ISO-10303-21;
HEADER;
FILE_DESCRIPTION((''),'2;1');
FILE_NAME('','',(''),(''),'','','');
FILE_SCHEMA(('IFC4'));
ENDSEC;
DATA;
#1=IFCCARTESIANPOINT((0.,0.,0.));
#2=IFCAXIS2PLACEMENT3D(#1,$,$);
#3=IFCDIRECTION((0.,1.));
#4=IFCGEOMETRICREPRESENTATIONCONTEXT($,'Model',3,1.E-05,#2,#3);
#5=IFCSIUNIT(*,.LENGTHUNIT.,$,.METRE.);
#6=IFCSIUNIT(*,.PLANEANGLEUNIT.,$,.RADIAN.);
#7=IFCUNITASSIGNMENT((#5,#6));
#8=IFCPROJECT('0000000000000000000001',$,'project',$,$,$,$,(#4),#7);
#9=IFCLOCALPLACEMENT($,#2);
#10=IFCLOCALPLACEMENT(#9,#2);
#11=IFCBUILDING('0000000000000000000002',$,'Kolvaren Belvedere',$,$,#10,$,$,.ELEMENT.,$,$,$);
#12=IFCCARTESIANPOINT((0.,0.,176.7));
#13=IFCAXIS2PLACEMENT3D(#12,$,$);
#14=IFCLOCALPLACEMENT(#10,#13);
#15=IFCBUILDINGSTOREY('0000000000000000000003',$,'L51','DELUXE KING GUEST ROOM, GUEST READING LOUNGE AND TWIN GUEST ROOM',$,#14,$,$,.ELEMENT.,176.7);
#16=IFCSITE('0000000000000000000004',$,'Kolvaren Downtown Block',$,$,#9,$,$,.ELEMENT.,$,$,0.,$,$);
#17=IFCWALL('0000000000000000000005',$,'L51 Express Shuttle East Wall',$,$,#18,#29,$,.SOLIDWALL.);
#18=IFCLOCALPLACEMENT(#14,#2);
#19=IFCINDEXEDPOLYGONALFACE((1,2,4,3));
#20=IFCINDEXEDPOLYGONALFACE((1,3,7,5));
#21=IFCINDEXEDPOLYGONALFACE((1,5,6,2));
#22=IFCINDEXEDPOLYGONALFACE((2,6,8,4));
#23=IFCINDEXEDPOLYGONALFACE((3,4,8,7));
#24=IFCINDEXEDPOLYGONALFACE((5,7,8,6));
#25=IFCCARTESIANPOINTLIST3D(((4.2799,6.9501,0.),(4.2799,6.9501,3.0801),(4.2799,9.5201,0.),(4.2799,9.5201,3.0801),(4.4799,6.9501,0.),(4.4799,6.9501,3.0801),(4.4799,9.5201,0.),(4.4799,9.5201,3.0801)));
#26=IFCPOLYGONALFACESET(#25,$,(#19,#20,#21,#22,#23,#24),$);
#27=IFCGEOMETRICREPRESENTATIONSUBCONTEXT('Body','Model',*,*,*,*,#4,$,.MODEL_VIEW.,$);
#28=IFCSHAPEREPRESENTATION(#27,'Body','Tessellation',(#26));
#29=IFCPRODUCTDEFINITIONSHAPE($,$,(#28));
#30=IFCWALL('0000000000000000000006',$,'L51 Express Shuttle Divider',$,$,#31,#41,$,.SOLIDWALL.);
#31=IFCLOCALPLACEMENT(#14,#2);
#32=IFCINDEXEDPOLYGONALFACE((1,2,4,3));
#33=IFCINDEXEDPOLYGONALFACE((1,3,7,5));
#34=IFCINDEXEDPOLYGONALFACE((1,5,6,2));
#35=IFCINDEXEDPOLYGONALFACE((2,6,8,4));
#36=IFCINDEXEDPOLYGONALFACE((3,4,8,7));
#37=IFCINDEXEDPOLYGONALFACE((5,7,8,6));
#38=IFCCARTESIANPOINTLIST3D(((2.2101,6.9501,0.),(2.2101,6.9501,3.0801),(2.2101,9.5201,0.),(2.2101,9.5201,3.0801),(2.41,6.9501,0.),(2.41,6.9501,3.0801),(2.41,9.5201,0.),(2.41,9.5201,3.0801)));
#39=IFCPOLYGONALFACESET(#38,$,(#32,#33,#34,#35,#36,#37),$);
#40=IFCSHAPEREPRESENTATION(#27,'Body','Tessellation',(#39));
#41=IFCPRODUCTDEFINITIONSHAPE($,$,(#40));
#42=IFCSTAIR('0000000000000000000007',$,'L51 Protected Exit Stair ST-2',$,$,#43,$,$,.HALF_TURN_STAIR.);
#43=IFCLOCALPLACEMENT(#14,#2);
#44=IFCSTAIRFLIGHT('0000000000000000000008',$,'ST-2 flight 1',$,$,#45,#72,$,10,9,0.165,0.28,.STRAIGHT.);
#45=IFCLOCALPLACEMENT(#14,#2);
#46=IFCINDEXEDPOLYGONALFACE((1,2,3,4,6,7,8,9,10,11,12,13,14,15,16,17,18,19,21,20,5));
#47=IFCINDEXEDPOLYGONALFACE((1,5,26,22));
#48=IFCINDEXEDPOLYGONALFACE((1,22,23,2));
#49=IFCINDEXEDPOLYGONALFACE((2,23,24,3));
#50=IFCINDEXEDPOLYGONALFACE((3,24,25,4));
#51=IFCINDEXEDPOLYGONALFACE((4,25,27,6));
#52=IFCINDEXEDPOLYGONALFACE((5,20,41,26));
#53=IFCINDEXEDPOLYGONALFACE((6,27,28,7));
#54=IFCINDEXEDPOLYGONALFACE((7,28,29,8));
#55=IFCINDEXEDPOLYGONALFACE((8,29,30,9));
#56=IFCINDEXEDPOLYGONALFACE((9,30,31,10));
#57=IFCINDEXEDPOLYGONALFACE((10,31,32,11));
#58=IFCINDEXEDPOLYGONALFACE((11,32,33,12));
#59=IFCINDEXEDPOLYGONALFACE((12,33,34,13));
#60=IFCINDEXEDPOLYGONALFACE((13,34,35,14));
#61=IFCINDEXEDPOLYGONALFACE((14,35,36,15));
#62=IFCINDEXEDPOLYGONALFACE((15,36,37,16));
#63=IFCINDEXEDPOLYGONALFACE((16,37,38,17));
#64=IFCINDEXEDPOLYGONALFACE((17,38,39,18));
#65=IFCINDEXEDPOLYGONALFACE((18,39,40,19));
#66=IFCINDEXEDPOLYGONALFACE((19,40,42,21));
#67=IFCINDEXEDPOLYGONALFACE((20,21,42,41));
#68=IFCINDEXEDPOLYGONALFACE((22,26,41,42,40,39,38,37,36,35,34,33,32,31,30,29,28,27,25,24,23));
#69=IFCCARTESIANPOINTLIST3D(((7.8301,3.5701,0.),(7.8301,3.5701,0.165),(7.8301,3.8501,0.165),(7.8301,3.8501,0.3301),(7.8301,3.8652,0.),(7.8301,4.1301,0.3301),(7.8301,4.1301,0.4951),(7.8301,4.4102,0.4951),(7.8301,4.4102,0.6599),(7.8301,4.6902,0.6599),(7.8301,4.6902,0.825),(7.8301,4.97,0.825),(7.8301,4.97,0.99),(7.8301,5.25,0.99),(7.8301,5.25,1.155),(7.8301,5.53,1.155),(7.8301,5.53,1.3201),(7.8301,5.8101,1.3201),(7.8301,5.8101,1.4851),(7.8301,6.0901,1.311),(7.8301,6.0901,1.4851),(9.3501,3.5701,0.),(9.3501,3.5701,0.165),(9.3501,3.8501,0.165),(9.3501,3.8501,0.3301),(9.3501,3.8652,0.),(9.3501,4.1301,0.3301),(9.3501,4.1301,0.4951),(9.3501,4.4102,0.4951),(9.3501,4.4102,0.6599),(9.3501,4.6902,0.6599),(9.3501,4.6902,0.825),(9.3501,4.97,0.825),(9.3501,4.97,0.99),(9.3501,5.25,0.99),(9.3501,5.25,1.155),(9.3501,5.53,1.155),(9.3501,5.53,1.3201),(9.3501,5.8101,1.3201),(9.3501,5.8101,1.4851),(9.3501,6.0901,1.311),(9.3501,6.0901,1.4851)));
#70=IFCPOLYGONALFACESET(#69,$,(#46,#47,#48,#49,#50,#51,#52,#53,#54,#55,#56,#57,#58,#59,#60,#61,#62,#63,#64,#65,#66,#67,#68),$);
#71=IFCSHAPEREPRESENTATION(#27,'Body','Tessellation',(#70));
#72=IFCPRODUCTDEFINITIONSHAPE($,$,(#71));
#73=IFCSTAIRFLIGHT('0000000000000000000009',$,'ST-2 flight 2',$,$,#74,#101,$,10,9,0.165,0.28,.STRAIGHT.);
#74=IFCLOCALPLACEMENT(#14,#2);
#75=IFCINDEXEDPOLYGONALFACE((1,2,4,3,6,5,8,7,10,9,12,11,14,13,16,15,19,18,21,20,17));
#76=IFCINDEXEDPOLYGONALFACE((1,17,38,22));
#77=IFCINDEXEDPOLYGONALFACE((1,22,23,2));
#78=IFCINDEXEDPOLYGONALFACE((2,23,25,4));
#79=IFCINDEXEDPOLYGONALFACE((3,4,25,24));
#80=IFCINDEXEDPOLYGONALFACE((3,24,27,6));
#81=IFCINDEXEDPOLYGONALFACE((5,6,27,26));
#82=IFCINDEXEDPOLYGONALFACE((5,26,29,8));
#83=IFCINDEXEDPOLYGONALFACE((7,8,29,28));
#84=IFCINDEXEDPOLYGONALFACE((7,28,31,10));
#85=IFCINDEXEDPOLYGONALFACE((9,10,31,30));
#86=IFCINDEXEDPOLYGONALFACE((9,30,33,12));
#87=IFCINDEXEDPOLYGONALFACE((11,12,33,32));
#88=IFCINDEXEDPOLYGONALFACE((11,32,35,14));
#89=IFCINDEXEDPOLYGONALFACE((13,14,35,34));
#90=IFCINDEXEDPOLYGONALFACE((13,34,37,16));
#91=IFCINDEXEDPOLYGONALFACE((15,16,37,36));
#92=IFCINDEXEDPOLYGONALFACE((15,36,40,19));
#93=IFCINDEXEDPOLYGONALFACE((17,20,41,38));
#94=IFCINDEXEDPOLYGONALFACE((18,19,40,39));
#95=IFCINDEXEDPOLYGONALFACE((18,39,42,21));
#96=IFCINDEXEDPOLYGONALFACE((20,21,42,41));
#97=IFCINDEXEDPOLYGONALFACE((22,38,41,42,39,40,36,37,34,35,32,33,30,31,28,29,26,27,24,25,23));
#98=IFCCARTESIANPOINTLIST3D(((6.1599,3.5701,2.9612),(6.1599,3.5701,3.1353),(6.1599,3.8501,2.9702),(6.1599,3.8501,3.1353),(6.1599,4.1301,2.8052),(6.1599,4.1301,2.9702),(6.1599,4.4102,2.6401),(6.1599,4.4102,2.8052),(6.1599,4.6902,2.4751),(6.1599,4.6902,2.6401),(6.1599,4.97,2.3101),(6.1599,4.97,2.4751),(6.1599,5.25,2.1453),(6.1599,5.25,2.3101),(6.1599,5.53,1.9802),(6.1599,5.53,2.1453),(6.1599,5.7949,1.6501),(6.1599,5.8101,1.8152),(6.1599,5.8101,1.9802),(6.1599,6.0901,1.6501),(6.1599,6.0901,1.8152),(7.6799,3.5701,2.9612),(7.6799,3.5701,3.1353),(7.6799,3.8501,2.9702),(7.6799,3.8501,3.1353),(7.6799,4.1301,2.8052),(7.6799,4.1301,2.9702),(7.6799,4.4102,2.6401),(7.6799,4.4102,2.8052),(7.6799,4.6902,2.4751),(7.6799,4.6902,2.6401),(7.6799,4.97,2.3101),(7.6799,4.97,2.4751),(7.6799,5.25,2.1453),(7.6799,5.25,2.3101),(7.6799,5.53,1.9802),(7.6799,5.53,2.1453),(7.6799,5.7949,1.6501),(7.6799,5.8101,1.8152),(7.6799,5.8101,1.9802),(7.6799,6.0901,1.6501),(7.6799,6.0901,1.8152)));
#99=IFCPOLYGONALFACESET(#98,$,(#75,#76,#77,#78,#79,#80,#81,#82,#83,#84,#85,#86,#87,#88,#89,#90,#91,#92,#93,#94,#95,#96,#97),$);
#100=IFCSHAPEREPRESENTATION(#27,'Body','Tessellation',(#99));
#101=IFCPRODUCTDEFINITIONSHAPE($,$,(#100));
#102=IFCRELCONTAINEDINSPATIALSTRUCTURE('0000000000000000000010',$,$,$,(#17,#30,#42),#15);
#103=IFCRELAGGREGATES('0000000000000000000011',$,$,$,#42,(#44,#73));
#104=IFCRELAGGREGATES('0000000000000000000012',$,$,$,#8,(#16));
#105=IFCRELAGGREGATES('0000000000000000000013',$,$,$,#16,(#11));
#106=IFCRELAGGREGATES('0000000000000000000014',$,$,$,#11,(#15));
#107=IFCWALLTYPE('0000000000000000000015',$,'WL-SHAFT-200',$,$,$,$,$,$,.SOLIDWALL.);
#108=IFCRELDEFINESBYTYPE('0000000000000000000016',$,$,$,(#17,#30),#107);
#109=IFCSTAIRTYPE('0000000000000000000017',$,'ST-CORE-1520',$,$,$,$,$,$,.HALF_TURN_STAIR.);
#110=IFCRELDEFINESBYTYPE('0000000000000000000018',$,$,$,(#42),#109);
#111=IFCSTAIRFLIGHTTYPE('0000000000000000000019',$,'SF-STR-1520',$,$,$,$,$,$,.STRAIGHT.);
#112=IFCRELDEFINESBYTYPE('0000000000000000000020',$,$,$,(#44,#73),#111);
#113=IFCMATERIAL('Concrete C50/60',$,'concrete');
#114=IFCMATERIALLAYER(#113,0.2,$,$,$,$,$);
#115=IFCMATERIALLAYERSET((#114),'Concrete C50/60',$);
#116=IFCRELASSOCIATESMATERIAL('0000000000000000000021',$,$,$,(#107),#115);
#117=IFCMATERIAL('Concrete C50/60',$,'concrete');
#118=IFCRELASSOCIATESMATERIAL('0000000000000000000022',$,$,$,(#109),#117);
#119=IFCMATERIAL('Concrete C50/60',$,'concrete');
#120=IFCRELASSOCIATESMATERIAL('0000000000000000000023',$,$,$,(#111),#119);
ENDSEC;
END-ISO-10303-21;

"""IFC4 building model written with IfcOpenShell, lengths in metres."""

from ifc_helpers import new_model, si_unit, direction, frame, frame_2d, origin, place, context, subcontext, project, spatial, polyline, rectangle, outline, extrude, material, layer, layer_set, type_object, element, aggregate, save


model = new_model("IFC4")

# Units and contexts
model_context = context("Model", 3, precision=1e-05, world=origin(), true_north=direction((0.0, 1.0)))
body_context = subcontext(model_context, "Body", "Model", "MODEL_VIEW")
ifc_project = project(units=[si_unit("LENGTHUNIT", "METRE"), si_unit("PLANEANGLEUNIT", "RADIAN")], contexts=[model_context])

# Site, building, storey
site_placement = place(None, origin())
site = spatial("IfcSite", under=ifc_project, at=site_placement, Name="Kolvaren Downtown Block", CompositionType="ELEMENT", RefElevation=0.0)
building_placement = place(site_placement, origin())
building = spatial("IfcBuilding", under=site, at=building_placement, Name="Kolvaren Belvedere", CompositionType="ELEMENT")
storey_placement = place(building_placement, frame((0.0, 0.0, 176.7)))
storey = spatial("IfcBuildingStorey", under=building, at=storey_placement, Name="L51", Description="DELUXE KING GUEST ROOM, GUEST READING LOUNGE AND TWIN GUEST ROOM", CompositionType="ELEMENT", Elevation=176.7)

# Shared definitions
ifc_material_1 = material(Name="Concrete C50/60", Category="concrete")
ifc_layer_1 = layer(ifc_material_1, 0.2)
ifc_layer_set_1 = layer_set([ifc_layer_1], Name="Concrete C50/60")
wall_type_1 = type_object("IfcWallType", Name="WL-SHAFT-200", PredefinedType="SOLIDWALL", material=ifc_layer_set_1)

# Walls
for number, where, z_axis, x_axis, name in (
    (1, (4.3799, 6.95, 0.0), (0.0, 0.0, 1.0), (0.0, 1.0, 0.0), "L51 Express Shuttle East Wall"),
    (2, (2.3101, 6.95, 0.0), (0.0, 0.0, 1.0), (0.0, 1.0, 0.0), "L51 Express Shuttle Divider"),
):
    element("IfcWall", number, at=place(storey_placement, frame(where, z_axis=z_axis, x_axis=x_axis)), inside=storey, type_object=wall_type_1, Name=name, PredefinedType="SOLIDWALL", context=body_context, shape_type="SweptSolid", body=[
        extrude(rectangle(XDim=2.5701, YDim=0.2, at=frame_2d((1.2852, 0.0))), origin(), (0.0, 0.0, 1.0), 3.0801),
    ])

# Stair, stair flights
ifc_material_2 = material(Name="Concrete C50/60", Category="concrete")
stair_type = type_object("IfcStairType", Name="ST-CORE-1520", PredefinedType="HALF_TURN_STAIR", material=ifc_material_2)
stair_placement = place(storey_placement, origin())
stair = element("IfcStair", 3, at=stair_placement, inside=storey, type_object=stair_type, Name="L51 Protected Exit Stair ST-2", PredefinedType="HALF_TURN_STAIR")
ifc_material_3 = material(Name="Concrete C50/60", Category="concrete")
stair_flight_type = type_object("IfcStairFlightType", Name="SF-STR-1520", PredefinedType="STRAIGHT", material=ifc_material_3)
stair_flight_1_placement = place(storey_placement, frame((8.5901, 3.5701, 0.0), z_axis=(0.0, 0.0, 1.0), x_axis=(0.0, 1.0, 0.0)))
stair_flight_1 = element("IfcStairFlight", 4, at=stair_flight_1_placement, type_object=stair_flight_type, Name="ST-2 flight 1", NumberOfRisers=10, NumberOfTreads=9, PredefinedType="STRAIGHT", RiserHeight=0.165, TreadLength=0.28, context=body_context, shape_type="SweptSolid", body=[
    extrude(outline(polyline([(0.0, 0.0), (0.0, 0.165), (0.28, 0.165), (0.28, 0.3301), (0.5601, 0.3301), (0.5601, 0.4951), (0.8401, 0.4951), (0.8401, 0.6599), (1.1201, 0.6599), (1.1201, 0.825), (1.3999, 0.825), (1.3999, 0.99), (1.6799, 0.99), (1.6799, 1.155), (1.96, 1.155), (1.96, 1.3201), (2.24, 1.3201), (2.24, 1.4851), (2.52, 1.4851), (2.52, 1.6499), (2.52, 1.311), (0.2952, 0.0), (0.0, 0.0)])), frame((0.0, 0.76, 0.0), z_axis=(0.0, -1.0, 0.0), x_axis=(1.0, 0.0, 0.0)), (0.0, 0.0, 1.0), 1.52),
])
stair_flight_2_placement = place(storey_placement, frame((6.9199, 6.0901, 1.6501), z_axis=(0.0, 0.0, 1.0), x_axis=(0.0, -1.0, 0.0)))
stair_flight_2 = element("IfcStairFlight", 5, at=stair_flight_2_placement, type_object=stair_flight_type, Name="ST-2 flight 2", NumberOfRisers=10, NumberOfTreads=9, PredefinedType="STRAIGHT", RiserHeight=0.165, TreadLength=0.28, context=body_context, shape_type="SweptSolid", body=[
    extrude(outline(polyline([(0.0, 0.0), (0.0, 0.165), (0.28, 0.165), (0.28, 0.3301), (0.5601, 0.3301), (0.5601, 0.4951), (0.8401, 0.4951), (0.8401, 0.6599), (1.1201, 0.6599), (1.1201, 0.825), (1.3999, 0.825), (1.3999, 0.99), (1.6799, 0.99), (1.6799, 1.155), (1.96, 1.155), (1.96, 1.3201), (2.24, 1.3201), (2.24, 1.4851), (2.52, 1.4851), (2.52, 1.6499), (2.52, 1.311), (0.2952, 0.0), (0.0, 0.0)])), frame((0.0, 0.76, 0.0), z_axis=(0.0, -1.0, 0.0), x_axis=(1.0, 0.0, 0.0)), (0.0, 0.0, 1.0), 1.52),
])
aggregate(stair, [stair_flight_1, stair_flight_2])

save(model, "model.ifc")
